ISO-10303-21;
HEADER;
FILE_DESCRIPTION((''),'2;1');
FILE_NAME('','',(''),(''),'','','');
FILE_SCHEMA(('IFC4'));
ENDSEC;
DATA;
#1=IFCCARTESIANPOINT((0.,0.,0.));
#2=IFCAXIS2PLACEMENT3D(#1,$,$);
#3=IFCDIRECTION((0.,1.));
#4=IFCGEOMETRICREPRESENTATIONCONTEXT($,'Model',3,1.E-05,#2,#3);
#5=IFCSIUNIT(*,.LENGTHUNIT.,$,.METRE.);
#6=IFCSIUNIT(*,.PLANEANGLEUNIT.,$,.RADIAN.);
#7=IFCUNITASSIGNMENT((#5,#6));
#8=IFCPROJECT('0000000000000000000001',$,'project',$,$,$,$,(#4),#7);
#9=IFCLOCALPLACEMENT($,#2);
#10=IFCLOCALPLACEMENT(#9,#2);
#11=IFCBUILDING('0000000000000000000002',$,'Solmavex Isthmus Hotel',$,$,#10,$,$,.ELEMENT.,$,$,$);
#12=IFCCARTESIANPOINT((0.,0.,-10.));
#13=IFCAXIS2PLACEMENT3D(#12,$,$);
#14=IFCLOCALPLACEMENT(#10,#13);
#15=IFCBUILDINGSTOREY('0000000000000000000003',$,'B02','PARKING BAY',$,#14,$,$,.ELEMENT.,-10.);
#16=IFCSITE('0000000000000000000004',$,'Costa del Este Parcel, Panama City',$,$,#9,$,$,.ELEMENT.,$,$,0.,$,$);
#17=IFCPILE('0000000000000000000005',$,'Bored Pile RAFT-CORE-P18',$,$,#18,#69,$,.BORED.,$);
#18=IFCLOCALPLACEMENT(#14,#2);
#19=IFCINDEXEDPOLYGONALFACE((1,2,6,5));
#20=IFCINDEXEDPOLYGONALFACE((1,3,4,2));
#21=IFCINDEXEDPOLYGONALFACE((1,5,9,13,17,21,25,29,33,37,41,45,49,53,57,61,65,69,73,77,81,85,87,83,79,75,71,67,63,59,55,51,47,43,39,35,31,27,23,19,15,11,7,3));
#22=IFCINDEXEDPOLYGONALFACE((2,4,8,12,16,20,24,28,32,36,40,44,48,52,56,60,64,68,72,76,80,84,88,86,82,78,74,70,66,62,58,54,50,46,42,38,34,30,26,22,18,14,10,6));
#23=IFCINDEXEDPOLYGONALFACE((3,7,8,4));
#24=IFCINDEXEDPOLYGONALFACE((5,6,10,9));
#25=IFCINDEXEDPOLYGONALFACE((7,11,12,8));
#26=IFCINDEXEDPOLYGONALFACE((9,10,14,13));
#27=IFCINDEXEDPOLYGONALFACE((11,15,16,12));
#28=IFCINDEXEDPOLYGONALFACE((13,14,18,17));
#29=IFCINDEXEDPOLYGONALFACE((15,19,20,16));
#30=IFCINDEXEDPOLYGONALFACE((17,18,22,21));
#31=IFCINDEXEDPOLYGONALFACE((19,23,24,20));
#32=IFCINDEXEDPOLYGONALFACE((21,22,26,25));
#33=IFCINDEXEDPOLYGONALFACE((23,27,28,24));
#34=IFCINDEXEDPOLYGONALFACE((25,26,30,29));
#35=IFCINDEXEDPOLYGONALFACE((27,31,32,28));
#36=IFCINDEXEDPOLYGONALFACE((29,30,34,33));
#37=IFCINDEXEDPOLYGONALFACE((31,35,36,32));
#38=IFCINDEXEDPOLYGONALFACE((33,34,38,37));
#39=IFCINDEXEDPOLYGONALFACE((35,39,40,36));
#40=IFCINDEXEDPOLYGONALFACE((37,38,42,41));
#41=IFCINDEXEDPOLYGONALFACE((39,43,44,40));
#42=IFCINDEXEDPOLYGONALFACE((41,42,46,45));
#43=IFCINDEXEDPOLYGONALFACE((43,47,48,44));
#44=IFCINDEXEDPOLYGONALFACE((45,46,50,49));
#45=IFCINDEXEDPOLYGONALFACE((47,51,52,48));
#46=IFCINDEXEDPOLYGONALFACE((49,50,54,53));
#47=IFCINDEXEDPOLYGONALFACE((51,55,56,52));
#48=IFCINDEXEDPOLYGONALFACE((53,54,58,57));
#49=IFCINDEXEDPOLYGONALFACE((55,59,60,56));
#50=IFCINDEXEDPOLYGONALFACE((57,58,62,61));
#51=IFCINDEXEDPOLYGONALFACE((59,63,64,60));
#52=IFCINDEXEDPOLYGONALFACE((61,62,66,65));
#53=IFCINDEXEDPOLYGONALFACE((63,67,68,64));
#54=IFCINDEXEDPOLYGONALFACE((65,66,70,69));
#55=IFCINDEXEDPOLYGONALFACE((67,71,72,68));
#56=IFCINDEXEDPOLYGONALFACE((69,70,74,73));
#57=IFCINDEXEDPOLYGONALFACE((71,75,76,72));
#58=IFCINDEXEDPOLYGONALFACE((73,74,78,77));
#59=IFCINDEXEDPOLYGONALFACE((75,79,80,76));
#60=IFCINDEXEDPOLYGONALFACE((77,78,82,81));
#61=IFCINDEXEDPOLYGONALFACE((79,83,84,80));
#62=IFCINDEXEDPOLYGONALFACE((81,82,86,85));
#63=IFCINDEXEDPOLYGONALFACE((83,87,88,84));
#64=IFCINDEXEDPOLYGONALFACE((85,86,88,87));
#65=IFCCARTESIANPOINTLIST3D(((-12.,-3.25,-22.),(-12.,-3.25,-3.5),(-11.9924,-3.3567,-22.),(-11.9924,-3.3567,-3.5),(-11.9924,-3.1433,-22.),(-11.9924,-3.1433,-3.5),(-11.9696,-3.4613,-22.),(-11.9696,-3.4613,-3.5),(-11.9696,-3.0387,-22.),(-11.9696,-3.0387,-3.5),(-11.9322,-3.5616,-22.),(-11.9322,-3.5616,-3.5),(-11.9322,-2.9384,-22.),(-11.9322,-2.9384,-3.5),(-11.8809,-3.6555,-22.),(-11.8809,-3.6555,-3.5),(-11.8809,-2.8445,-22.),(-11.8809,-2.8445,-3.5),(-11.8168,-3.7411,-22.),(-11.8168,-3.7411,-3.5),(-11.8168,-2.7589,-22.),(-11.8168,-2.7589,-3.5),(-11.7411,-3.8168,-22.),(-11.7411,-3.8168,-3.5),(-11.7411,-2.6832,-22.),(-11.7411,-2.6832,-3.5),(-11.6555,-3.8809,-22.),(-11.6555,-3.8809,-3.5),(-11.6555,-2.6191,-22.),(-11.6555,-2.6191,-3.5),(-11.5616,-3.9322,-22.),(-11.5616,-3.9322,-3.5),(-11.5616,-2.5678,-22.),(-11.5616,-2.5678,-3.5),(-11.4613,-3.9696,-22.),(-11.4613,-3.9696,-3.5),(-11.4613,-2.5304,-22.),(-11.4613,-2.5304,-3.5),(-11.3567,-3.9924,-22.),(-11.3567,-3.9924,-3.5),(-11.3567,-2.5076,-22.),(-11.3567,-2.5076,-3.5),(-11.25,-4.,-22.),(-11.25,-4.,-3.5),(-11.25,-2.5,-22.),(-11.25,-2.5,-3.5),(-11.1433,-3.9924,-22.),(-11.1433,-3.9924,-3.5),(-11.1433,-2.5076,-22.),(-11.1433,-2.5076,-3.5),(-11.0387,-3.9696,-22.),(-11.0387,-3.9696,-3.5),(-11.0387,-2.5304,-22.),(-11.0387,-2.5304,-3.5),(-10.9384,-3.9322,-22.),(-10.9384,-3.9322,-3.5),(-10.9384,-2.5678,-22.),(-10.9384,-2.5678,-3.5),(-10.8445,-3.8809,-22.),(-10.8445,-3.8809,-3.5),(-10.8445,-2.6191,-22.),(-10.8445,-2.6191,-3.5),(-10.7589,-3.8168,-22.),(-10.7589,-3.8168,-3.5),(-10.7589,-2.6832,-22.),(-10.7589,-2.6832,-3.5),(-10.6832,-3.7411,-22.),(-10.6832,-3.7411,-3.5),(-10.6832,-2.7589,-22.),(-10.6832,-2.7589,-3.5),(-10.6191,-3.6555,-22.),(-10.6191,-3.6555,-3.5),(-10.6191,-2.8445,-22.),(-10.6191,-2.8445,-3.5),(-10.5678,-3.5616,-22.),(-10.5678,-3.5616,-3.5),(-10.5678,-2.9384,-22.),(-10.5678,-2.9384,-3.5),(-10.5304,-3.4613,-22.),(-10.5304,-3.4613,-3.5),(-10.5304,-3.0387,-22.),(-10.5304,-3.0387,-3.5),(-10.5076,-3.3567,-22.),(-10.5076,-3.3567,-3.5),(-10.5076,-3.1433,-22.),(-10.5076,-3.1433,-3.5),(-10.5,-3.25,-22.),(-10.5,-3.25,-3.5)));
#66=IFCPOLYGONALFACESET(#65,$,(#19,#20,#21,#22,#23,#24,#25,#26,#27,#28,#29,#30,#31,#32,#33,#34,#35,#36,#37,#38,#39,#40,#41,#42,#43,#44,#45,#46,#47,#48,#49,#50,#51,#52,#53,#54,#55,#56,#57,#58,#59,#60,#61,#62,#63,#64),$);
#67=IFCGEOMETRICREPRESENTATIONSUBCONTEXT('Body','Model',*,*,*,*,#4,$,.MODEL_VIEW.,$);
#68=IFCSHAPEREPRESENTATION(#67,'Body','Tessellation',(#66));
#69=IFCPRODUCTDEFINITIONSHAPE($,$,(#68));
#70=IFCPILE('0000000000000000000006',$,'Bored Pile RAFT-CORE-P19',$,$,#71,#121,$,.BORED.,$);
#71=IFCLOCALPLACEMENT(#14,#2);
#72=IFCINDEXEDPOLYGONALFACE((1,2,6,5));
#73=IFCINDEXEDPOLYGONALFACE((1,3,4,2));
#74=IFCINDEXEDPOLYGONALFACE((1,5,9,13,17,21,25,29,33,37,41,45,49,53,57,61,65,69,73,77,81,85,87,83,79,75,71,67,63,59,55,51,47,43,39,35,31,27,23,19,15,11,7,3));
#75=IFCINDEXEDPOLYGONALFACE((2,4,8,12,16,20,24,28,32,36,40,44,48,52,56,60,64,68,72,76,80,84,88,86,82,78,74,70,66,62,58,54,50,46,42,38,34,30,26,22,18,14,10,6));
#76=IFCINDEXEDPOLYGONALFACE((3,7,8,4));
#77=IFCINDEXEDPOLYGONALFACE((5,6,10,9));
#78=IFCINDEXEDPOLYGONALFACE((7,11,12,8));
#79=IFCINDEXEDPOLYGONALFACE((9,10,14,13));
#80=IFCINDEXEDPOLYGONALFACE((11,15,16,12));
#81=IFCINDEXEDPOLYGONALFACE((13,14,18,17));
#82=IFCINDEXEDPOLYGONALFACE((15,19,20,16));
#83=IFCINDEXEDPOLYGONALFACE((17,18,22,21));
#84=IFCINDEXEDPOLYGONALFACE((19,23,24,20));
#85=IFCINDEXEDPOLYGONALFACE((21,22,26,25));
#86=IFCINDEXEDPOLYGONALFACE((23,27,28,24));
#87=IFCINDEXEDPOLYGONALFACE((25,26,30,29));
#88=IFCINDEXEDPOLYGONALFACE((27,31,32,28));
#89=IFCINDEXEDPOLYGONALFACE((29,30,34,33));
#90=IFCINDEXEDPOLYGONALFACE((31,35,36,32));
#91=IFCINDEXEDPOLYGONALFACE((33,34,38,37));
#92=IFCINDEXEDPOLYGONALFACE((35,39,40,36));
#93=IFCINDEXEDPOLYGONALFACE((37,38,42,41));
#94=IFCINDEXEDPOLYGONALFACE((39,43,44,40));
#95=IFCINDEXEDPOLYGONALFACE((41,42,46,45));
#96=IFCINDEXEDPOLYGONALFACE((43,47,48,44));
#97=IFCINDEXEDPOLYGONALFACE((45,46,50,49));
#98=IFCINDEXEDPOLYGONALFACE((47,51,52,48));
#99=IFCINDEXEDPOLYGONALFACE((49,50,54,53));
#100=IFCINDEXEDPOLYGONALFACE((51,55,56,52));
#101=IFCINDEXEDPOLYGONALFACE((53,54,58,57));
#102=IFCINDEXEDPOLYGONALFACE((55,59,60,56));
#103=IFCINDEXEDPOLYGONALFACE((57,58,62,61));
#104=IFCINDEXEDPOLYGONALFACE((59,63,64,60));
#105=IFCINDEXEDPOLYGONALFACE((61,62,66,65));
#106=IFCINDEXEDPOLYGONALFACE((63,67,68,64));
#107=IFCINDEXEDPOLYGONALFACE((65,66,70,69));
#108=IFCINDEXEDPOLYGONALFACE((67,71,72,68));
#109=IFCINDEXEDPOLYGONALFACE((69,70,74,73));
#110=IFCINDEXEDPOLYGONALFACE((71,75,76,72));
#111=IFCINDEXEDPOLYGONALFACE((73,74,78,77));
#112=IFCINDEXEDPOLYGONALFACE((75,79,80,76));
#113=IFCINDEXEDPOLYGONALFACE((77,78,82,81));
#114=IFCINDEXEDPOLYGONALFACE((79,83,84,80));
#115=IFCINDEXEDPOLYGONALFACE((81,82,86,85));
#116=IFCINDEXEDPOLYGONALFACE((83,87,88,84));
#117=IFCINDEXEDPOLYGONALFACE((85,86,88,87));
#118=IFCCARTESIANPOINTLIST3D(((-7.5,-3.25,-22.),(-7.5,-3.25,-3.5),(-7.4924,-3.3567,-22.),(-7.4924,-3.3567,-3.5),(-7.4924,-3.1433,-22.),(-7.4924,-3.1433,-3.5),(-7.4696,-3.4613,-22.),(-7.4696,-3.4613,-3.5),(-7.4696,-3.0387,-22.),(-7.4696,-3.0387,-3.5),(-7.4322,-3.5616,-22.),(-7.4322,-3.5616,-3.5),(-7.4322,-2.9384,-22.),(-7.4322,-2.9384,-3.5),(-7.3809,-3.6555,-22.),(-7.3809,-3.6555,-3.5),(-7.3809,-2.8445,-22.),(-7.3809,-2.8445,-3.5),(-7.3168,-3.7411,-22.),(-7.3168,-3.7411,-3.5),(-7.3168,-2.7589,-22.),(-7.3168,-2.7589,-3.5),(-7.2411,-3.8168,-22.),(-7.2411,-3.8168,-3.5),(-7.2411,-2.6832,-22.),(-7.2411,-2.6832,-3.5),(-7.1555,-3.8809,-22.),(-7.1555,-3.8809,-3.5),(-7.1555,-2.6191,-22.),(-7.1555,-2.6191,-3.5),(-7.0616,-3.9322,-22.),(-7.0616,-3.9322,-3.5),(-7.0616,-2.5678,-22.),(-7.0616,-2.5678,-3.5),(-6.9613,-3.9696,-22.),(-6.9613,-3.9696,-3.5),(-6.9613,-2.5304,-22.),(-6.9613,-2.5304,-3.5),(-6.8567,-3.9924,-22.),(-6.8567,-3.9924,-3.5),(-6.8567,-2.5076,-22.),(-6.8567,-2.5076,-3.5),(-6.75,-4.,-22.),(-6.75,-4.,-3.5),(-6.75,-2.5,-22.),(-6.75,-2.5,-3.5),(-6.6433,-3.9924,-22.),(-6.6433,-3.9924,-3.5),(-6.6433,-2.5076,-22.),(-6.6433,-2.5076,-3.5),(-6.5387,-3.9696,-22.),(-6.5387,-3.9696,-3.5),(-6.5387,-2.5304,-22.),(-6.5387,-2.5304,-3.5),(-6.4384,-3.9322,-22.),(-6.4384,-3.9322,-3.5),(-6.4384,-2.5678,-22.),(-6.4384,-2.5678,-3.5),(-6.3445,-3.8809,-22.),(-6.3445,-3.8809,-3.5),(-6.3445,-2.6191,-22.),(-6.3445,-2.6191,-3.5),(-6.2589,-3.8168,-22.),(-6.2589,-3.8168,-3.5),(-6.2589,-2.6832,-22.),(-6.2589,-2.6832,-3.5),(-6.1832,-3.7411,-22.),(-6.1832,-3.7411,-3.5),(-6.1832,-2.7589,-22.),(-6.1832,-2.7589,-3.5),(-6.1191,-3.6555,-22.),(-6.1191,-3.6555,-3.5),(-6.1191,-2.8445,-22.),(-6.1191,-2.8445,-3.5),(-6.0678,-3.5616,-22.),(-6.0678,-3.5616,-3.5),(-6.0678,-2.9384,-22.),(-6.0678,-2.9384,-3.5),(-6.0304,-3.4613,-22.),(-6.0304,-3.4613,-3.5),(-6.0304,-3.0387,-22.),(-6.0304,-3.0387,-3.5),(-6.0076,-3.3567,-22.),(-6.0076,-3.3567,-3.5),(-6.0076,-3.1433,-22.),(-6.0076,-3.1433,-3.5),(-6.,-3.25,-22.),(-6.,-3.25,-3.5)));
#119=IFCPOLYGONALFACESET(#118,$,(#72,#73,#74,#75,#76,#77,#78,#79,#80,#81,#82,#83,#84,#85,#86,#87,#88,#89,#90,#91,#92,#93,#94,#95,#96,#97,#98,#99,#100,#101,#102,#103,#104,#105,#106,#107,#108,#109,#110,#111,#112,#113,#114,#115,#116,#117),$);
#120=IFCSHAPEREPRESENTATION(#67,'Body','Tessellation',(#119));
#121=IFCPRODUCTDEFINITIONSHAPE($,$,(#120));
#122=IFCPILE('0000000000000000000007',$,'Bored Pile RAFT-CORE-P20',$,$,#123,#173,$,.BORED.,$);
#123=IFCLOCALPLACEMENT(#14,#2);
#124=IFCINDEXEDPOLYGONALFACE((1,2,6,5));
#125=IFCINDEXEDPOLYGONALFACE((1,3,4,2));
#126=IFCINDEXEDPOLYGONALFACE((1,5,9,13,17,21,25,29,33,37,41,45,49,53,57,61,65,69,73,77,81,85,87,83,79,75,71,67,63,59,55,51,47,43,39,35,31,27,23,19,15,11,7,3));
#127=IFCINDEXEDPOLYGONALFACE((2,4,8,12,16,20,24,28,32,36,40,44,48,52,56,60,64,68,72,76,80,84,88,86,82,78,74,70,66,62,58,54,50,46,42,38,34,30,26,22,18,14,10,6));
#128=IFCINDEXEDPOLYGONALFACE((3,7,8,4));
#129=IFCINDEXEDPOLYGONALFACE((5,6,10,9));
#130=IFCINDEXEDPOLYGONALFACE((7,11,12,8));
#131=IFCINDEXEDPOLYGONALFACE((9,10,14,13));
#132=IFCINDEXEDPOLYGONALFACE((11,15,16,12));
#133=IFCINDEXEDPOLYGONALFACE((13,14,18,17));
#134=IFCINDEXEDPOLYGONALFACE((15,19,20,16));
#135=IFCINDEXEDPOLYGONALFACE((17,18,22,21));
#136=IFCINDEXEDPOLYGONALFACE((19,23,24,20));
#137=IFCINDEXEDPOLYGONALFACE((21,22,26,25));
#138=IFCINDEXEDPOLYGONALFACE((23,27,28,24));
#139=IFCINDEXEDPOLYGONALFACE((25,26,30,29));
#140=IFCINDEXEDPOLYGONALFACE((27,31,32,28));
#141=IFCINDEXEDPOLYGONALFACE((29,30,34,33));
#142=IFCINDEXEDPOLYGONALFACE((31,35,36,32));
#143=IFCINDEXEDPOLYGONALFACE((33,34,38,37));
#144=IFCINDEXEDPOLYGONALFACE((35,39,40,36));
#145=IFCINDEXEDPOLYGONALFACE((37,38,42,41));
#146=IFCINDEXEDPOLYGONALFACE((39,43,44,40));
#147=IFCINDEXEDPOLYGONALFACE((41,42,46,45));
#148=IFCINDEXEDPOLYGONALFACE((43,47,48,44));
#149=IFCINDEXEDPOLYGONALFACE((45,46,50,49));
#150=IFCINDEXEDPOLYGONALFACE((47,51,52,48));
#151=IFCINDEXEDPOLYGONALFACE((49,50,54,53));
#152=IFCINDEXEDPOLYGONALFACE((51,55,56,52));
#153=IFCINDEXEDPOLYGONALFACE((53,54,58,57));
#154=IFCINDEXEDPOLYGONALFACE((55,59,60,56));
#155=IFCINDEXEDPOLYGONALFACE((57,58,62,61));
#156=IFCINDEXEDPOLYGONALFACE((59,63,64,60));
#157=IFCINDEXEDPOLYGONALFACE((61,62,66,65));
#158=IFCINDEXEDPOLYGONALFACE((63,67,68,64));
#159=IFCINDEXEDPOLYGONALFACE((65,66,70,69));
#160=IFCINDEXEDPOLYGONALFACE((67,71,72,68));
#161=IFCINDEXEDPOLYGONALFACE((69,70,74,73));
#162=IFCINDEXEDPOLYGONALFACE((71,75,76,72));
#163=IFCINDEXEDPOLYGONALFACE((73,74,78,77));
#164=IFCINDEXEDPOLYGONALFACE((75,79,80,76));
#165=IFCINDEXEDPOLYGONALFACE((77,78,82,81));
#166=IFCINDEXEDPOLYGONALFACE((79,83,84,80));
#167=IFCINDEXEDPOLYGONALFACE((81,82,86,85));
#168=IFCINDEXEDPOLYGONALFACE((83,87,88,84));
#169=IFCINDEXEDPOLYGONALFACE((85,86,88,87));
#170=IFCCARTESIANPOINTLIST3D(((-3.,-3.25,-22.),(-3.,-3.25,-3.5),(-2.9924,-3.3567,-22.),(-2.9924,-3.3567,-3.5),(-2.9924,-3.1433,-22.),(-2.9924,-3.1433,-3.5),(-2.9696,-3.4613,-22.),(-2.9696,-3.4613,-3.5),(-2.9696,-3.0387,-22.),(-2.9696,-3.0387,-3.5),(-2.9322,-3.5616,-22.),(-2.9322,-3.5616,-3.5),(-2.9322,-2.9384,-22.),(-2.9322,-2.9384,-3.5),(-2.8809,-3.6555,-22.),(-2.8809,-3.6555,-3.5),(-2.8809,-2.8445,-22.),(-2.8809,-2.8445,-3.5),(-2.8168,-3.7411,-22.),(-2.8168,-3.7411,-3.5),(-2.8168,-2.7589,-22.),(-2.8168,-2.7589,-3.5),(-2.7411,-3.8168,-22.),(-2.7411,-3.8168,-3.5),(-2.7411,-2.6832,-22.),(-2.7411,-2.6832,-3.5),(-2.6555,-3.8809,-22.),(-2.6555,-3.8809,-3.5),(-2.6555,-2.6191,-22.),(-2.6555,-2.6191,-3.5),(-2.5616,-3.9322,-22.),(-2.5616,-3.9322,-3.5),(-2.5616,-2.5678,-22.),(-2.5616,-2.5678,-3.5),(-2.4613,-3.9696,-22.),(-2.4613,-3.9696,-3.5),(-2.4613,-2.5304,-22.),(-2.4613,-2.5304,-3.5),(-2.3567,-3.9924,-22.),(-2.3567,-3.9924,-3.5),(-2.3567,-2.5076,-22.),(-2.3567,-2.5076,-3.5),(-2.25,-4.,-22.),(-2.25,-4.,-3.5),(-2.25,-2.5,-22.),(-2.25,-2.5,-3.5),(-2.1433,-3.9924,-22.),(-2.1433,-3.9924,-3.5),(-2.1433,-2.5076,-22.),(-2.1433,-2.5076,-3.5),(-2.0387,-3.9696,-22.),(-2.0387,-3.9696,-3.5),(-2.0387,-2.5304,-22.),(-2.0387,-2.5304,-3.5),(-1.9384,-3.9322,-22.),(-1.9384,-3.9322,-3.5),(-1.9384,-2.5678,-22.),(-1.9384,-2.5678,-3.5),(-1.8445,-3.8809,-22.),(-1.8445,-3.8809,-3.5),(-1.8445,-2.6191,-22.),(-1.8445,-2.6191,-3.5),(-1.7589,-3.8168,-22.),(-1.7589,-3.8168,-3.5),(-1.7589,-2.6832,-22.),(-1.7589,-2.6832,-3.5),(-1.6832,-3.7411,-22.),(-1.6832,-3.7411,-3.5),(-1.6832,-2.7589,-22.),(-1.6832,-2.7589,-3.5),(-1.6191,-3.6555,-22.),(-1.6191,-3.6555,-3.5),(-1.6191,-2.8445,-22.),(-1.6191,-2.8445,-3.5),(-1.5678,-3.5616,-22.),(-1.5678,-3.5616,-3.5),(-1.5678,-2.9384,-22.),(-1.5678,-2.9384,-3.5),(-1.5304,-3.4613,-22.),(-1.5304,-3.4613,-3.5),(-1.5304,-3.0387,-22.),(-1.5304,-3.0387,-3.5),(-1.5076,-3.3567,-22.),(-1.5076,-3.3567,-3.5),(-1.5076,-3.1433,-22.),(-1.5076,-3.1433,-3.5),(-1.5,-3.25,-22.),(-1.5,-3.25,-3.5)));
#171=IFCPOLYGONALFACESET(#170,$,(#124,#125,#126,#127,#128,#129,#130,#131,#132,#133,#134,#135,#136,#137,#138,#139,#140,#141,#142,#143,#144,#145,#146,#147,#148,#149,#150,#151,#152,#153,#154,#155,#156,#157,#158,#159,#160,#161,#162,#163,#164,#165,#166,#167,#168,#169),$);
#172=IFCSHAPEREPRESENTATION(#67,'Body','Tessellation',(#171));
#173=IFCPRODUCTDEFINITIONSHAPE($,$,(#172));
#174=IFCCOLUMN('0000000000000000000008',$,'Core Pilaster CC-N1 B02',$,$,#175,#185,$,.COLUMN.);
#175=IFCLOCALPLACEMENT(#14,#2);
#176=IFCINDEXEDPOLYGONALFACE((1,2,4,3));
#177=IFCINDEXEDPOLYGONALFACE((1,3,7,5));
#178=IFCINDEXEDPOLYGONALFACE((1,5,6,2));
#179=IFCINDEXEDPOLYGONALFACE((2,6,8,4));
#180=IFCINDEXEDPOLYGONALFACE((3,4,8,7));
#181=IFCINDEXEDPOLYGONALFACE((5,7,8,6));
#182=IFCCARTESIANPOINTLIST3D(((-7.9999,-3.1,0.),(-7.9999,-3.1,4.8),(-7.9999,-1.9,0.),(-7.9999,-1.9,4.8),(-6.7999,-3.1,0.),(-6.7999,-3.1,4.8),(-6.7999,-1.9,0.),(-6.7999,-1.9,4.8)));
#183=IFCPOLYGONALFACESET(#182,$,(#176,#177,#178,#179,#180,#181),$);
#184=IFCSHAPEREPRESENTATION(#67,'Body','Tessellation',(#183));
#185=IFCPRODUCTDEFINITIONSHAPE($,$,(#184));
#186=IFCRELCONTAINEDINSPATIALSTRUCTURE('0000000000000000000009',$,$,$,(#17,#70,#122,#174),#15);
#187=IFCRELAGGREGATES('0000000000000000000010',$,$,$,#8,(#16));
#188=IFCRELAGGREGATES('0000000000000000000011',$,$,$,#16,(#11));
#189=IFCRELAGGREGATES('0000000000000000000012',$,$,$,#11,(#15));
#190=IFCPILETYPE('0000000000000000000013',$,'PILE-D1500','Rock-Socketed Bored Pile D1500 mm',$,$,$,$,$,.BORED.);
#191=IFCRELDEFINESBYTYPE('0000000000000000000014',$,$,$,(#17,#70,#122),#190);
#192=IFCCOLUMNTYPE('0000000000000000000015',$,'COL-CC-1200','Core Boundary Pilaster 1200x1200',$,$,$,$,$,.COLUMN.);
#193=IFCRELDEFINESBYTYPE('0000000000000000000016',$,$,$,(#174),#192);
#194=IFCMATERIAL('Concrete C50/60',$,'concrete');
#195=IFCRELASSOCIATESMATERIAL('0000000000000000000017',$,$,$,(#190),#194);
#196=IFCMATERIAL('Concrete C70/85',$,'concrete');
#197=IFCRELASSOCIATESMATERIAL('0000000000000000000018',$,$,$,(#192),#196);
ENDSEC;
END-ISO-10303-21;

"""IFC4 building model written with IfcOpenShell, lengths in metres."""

from ifc_helpers import new_model, si_unit, direction, frame, origin, origin_2d, place, context, subcontext, project, spatial, rectangle, circle, extrude, material, material_profile, profile_set, type_object, element, save


model = new_model("IFC4")

# Units and contexts
model_context = context("Model", 3, precision=1e-05, world=origin(), true_north=direction((0.0, 1.0)))
body_context = subcontext(model_context, "Body", "Model", "MODEL_VIEW")
ifc_project = project(units=[si_unit("LENGTHUNIT", "METRE"), si_unit("PLANEANGLEUNIT", "RADIAN")], contexts=[model_context])

# Site, building, storey
site_placement = place(None, origin())
site = spatial("IfcSite", under=ifc_project, at=site_placement, Name="Costa del Este Parcel, Panama City", CompositionType="ELEMENT", RefElevation=0.0)
building_placement = place(site_placement, origin())
building = spatial("IfcBuilding", under=site, at=building_placement, Name="Solmavex Isthmus Hotel", CompositionType="ELEMENT")
storey_placement = place(building_placement, frame((0.0, 0.0, -10.0)))
storey = spatial("IfcBuildingStorey", under=building, at=storey_placement, Name="B02", Description="PARKING BAY", CompositionType="ELEMENT", Elevation=-10.0)

# Piles
ifc_material_1 = material(Name="Concrete C50/60", Category="concrete")
ifc_material_profile_1 = material_profile(ifc_material_1, circle(Radius=0.75, at=origin_2d()), Name="PILE1500")
ifc_profile_set_1 = profile_set([ifc_material_profile_1], Name="Concrete C50/60")
pile_type = type_object("IfcPileType", Name="PILE-D1500", Description="Rock-Socketed Bored Pile D1500 mm", PredefinedType="BORED", material=ifc_profile_set_1)
for number, where, z_axis, x_axis, name in (
    (1, (-11.25, -3.25, -3.5), (0.0, 0.0, -1.0), (1.0, 0.0, 0.0), "Bored Pile RAFT-CORE-P18"),
    (2, (-6.75, -3.25, -3.5), (0.0, 0.0, -1.0), (1.0, 0.0, 0.0), "Bored Pile RAFT-CORE-P19"),
    (3, (-2.25, -3.25, -3.5), (0.0, 0.0, -1.0), (1.0, 0.0, 0.0), "Bored Pile RAFT-CORE-P20"),
):
    element("IfcPile", number, at=place(storey_placement, frame(where, z_axis=z_axis, x_axis=x_axis)), inside=storey, type_object=pile_type, Name=name, PredefinedType="BORED", context=body_context, shape_type="SweptSolid", body=[
        extrude(circle(Radius=0.75, at=origin_2d()), origin(), (0.0, 0.0, 1.0), 18.5),
    ])

# Column
ifc_material_2 = material(Name="Concrete C70/85", Category="concrete")
ifc_material_profile_2 = material_profile(ifc_material_2, rectangle(XDim=1.2, YDim=1.2, at=origin_2d()), Name="RC1200X1200")
ifc_profile_set_2 = profile_set([ifc_material_profile_2], Name="Concrete C70/85")
column_type = type_object("IfcColumnType", Name="COL-CC-1200", Description="Core Boundary Pilaster 1200x1200", PredefinedType="COLUMN", material=ifc_profile_set_2)
column_placement = place(storey_placement, frame((-7.3999, -2.5, 0.0), z_axis=(0.0, 0.0, 1.0), x_axis=(1.0, 0.0, 0.0)))
element("IfcColumn", 4, at=column_placement, inside=storey, type_object=column_type, Name="Core Pilaster CC-N1 B02", PredefinedType="COLUMN", context=body_context, shape_type="SweptSolid", body=[
    extrude(rectangle(XDim=1.2, YDim=1.2, at=origin_2d()), origin(), (0.0, 0.0, 1.0), 4.8),
])

save(model, "model.ifc")
